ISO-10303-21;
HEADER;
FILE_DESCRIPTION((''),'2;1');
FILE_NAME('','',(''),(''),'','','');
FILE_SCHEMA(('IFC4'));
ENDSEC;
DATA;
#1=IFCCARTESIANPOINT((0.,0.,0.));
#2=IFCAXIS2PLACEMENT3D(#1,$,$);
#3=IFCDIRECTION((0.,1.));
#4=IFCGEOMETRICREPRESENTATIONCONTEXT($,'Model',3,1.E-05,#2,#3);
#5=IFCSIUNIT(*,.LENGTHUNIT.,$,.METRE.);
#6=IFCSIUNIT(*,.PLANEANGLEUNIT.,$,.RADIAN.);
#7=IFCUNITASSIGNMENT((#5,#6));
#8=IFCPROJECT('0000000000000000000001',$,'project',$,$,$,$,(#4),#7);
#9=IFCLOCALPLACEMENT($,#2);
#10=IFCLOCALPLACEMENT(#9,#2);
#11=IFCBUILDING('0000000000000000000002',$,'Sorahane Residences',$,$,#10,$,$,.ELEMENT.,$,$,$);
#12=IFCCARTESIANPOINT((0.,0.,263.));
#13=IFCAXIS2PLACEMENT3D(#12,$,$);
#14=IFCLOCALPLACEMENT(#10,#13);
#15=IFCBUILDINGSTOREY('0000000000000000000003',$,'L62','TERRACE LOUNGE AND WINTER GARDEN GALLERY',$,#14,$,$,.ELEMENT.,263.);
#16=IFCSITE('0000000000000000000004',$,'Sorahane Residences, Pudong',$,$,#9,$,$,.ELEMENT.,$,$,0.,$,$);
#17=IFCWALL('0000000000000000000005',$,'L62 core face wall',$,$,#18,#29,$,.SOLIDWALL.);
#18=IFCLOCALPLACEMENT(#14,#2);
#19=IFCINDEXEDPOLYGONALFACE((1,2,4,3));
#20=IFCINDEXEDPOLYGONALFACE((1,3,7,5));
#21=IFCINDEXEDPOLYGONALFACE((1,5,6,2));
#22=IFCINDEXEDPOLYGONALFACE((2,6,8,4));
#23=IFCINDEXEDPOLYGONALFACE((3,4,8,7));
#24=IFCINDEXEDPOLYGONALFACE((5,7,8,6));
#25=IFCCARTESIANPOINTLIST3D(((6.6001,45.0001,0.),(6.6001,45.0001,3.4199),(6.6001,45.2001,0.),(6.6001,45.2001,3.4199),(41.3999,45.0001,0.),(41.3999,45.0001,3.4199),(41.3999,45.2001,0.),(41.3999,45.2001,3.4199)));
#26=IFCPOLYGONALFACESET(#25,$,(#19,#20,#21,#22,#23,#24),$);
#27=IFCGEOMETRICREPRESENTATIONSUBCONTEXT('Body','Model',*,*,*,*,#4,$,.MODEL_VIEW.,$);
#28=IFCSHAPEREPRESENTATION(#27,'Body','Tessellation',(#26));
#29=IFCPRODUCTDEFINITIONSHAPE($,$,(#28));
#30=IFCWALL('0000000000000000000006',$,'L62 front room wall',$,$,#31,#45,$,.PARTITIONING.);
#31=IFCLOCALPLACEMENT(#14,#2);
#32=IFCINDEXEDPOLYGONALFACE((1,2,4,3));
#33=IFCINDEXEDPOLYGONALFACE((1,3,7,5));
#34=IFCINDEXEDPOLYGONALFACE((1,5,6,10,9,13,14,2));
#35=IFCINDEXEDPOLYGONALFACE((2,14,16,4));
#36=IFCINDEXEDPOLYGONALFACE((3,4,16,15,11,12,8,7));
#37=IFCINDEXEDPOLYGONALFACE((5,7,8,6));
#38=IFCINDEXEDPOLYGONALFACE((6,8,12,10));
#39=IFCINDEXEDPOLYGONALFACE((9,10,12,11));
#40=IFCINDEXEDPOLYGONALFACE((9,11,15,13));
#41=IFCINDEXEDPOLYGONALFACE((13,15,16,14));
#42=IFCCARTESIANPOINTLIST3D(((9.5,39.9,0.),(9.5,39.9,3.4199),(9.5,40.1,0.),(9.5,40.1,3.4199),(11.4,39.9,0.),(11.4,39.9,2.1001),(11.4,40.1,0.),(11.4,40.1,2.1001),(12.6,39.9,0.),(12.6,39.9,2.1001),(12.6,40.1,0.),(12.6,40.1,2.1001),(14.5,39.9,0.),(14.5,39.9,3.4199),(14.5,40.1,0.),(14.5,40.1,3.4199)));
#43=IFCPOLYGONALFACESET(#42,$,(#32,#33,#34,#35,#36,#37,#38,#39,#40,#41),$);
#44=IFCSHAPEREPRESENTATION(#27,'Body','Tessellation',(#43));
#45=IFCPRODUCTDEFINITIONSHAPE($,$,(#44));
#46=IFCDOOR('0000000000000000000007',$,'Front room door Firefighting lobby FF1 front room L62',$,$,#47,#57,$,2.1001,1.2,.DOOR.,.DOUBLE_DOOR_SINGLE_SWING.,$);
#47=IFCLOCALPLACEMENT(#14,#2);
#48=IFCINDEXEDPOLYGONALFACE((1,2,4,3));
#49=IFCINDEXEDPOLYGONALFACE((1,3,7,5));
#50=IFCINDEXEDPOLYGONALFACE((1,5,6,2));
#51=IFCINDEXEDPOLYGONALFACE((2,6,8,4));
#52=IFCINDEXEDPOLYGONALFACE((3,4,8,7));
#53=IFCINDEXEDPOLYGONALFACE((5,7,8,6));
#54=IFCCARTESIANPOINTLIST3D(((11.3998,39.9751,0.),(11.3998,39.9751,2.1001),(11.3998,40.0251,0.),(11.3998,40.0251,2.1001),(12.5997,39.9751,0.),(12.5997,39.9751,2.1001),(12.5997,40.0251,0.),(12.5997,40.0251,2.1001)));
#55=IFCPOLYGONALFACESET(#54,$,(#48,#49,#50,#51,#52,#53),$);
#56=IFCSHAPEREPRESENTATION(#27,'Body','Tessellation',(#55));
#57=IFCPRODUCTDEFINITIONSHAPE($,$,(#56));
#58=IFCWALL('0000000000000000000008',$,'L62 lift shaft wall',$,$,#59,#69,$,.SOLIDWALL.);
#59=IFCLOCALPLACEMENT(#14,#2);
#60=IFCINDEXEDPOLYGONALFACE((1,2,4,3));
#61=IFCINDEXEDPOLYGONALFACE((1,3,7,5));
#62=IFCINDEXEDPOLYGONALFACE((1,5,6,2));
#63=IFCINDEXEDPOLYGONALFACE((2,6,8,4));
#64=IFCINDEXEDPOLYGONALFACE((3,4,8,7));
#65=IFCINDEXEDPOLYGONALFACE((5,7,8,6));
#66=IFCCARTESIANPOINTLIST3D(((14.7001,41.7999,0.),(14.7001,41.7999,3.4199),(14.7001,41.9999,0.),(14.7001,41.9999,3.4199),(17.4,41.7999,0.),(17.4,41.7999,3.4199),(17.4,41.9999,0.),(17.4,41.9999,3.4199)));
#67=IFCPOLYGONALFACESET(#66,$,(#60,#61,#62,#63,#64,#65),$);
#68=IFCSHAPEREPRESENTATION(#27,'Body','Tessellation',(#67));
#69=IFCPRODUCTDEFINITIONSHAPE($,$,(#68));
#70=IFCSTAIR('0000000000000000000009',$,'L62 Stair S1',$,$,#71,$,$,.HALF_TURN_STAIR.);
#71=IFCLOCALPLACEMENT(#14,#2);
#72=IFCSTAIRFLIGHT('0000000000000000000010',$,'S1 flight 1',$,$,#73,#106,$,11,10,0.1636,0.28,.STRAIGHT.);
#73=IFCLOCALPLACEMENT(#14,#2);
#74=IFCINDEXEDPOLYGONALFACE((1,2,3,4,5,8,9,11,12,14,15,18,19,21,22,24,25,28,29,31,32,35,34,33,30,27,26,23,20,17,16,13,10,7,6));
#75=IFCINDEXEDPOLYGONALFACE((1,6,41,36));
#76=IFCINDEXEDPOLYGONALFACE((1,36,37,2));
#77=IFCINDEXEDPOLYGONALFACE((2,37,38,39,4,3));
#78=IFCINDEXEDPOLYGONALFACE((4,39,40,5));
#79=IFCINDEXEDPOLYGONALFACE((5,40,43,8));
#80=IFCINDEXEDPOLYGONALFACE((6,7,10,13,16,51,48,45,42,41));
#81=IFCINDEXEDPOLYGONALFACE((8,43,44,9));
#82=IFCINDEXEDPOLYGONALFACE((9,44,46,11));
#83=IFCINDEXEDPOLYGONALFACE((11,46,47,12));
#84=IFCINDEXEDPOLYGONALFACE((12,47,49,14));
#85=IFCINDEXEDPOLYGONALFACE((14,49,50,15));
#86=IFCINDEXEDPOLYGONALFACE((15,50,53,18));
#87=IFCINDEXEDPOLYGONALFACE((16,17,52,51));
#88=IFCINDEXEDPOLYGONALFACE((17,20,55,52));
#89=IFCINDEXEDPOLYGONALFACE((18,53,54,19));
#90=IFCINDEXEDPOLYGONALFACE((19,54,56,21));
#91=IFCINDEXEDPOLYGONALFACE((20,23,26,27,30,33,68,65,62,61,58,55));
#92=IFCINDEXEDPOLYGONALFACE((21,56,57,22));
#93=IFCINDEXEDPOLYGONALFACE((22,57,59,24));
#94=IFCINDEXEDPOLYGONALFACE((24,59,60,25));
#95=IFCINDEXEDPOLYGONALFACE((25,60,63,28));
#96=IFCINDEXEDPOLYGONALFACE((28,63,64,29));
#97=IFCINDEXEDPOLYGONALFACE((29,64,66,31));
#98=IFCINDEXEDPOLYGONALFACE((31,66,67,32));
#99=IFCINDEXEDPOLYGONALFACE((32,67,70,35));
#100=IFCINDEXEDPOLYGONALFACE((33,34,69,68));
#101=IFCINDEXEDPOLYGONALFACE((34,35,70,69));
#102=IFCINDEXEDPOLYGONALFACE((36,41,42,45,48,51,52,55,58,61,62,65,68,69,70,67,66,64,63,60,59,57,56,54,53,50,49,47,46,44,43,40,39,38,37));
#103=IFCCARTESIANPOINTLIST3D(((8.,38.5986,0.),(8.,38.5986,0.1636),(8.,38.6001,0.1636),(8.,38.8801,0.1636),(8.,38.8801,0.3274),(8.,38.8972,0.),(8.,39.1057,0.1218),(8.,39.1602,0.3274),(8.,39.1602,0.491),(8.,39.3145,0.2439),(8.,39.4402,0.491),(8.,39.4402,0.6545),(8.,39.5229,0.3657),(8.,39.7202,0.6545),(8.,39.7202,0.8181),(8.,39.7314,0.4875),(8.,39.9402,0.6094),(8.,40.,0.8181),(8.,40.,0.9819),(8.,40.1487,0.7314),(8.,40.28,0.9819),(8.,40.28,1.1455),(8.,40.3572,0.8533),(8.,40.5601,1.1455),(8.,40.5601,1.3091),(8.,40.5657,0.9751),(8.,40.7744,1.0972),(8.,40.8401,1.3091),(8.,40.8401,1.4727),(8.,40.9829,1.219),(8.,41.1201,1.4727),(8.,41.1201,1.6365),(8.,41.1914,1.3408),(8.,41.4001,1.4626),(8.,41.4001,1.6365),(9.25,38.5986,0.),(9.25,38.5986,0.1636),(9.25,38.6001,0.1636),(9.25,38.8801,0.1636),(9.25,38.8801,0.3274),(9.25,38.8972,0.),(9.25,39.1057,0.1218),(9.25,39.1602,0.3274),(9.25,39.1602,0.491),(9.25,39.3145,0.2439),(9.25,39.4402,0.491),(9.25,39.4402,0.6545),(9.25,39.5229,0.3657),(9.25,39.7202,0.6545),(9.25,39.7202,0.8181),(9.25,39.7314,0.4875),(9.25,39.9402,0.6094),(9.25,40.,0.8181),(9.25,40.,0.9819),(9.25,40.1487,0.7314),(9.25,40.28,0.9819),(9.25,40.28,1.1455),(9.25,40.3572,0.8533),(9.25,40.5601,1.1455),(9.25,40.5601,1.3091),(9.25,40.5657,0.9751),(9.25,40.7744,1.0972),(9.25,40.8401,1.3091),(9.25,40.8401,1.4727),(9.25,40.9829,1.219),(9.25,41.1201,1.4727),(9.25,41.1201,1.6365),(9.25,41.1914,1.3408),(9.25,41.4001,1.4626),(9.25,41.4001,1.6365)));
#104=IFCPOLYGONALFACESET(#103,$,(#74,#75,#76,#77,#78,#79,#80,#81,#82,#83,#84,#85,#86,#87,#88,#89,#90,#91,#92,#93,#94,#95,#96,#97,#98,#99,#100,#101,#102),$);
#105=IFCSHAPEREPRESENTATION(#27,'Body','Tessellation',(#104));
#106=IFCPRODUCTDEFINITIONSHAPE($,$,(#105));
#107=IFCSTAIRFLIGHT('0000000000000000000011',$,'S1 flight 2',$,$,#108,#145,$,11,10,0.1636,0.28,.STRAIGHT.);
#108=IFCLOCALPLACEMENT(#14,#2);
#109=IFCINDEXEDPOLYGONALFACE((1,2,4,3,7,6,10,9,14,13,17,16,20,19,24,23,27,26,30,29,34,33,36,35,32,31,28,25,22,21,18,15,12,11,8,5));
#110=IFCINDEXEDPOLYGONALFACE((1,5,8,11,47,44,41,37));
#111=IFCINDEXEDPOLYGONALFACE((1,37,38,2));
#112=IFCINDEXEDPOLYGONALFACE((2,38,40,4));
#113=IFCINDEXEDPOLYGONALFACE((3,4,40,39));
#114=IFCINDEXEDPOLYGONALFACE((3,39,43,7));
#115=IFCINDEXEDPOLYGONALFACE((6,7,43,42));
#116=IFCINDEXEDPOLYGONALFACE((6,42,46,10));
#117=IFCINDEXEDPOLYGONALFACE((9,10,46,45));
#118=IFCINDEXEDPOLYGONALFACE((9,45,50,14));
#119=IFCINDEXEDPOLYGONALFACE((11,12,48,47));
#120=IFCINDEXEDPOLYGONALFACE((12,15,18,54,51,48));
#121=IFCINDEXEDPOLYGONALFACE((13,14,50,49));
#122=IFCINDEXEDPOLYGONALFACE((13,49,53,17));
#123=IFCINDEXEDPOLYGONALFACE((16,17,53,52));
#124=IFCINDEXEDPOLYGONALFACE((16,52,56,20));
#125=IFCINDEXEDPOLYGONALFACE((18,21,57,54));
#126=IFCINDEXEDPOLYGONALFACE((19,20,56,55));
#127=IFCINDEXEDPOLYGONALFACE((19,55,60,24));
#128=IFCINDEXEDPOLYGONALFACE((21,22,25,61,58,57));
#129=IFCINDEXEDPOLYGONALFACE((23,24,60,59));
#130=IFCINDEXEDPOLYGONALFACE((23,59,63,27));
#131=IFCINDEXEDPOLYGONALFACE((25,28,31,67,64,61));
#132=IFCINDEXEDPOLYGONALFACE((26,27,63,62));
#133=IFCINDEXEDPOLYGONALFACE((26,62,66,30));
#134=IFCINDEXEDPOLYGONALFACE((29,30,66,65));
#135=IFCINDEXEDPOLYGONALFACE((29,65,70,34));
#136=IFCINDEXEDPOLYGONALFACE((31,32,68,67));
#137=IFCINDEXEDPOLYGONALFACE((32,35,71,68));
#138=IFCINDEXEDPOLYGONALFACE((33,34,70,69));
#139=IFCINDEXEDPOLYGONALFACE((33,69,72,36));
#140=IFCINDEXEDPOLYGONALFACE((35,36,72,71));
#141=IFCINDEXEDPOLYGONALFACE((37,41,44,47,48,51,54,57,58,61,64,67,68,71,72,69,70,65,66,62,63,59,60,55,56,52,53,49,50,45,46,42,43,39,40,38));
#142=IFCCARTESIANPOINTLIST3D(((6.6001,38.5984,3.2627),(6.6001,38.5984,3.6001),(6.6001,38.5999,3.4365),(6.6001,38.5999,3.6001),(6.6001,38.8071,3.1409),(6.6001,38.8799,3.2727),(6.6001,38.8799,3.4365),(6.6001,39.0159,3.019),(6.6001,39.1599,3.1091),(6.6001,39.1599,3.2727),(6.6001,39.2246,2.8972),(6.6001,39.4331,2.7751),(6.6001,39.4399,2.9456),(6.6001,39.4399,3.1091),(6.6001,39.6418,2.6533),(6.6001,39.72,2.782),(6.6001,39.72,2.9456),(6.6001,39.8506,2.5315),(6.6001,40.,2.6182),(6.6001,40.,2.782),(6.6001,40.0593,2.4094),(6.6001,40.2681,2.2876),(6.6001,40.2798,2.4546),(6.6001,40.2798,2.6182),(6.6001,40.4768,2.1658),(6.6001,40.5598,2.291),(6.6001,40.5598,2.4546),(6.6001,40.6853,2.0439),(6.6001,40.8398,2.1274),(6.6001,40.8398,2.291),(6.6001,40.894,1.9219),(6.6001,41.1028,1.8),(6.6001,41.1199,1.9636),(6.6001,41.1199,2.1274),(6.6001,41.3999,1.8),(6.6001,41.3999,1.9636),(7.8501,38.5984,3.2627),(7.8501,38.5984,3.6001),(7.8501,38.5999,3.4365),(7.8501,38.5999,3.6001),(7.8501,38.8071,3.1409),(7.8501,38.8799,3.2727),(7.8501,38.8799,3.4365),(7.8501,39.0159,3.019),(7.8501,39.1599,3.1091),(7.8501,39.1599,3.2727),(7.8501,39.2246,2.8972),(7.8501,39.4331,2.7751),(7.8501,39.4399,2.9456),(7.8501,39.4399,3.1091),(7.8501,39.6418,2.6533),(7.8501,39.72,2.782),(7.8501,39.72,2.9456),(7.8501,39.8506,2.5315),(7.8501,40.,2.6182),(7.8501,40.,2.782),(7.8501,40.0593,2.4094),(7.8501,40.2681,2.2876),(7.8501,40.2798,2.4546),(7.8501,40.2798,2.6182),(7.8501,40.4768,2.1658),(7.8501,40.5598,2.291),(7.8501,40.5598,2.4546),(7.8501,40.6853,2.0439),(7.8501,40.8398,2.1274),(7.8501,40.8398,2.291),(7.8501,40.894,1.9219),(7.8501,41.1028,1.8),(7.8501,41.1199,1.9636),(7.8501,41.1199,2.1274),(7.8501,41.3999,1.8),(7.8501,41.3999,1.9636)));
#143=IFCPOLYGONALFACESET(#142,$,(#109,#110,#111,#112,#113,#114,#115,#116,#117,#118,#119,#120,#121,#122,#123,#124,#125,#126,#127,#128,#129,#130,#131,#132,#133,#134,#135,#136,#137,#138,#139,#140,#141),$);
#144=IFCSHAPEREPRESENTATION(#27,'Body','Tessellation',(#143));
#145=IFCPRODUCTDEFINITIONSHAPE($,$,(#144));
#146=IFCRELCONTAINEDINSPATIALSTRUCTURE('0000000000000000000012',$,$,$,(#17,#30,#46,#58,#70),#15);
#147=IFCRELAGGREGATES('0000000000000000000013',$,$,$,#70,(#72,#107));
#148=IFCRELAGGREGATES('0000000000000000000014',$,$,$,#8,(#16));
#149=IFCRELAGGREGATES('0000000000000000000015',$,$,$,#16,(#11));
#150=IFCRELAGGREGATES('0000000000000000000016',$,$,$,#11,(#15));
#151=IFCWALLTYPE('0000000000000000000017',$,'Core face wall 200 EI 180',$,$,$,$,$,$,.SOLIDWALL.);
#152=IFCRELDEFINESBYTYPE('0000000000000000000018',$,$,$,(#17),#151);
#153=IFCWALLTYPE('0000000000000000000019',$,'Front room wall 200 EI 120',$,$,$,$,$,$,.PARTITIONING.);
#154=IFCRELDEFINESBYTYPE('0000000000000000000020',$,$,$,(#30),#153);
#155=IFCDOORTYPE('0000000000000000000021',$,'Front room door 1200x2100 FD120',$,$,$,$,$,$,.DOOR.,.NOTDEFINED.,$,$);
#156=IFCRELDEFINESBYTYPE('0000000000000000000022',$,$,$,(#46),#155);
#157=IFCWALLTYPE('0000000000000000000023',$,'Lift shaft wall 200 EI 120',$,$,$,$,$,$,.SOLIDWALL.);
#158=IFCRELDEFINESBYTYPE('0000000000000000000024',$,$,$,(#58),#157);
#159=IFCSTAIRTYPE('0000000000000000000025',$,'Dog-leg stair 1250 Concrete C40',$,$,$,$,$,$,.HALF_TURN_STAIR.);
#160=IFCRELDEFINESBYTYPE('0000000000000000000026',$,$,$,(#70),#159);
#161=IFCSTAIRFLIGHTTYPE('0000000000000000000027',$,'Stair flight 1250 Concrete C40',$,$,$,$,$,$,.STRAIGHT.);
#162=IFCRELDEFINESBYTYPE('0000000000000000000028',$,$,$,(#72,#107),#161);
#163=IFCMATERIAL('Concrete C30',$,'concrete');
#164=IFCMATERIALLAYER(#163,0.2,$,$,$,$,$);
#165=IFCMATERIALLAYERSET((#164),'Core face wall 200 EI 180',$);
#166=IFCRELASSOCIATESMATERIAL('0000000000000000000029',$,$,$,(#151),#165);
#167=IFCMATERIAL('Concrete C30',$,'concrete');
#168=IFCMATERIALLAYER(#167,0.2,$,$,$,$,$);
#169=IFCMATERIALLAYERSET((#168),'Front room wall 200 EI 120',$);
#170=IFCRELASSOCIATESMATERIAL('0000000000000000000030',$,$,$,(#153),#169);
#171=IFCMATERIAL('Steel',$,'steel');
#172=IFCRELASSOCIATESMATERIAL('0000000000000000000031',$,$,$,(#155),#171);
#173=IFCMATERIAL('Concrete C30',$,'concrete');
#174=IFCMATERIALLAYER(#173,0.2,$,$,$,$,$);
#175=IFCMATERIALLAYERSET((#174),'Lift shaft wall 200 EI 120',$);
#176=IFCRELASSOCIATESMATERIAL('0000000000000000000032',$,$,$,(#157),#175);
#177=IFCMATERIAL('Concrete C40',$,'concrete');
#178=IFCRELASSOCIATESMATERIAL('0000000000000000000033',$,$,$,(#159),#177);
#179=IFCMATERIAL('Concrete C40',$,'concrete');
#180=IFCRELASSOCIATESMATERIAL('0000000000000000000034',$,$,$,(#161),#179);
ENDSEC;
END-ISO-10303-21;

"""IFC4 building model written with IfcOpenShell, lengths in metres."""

from ifc_helpers import new_model, si_unit, direction, frame, frame_2d, origin, place, context, subcontext, project, spatial, polyline, rectangle, outline, extrude, material, layer, layer_set, type_object, element, fill, aggregate, save


model = new_model("IFC4")

# Units and contexts
model_context = context("Model", 3, precision=1e-05, world=origin(), true_north=direction((0.0, 1.0)))
body_context = subcontext(model_context, "Body", "Model", "MODEL_VIEW")
ifc_project = project(units=[si_unit("LENGTHUNIT", "METRE"), si_unit("PLANEANGLEUNIT", "RADIAN")], contexts=[model_context])

# Site, building, storey
site_placement = place(None, origin())
site = spatial("IfcSite", under=ifc_project, at=site_placement, Name="Sorahane Residences, Pudong", CompositionType="ELEMENT", RefElevation=0.0)
building_placement = place(site_placement, origin())
building = spatial("IfcBuilding", under=site, at=building_placement, Name="Sorahane Residences", CompositionType="ELEMENT")
storey_placement = place(building_placement, frame((0.0, 0.0, 263.0)))
storey = spatial("IfcBuildingStorey", under=building, at=storey_placement, Name="L62", Description="TERRACE LOUNGE AND WINTER GARDEN GALLERY", CompositionType="ELEMENT", Elevation=263.0)

# Wall
ifc_material_1 = material(Name="Concrete C30", Category="concrete")
ifc_layer_1 = layer(ifc_material_1, 0.2)
ifc_layer_set_1 = layer_set([ifc_layer_1], Name="Core face wall 200 EI 180")
wall_type_1 = type_object("IfcWallType", Name="Core face wall 200 EI 180", PredefinedType="SOLIDWALL", material=ifc_layer_set_1)
wall_1_placement = place(storey_placement, frame((6.6001, 45.1001, 0.0), z_axis=(0.0, 0.0, 1.0), x_axis=(1.0, 0.0, 0.0)))
element("IfcWall", 1, at=wall_1_placement, inside=storey, type_object=wall_type_1, Name="L62 core face wall", PredefinedType="SOLIDWALL", context=body_context, shape_type="SweptSolid", body=[
    extrude(rectangle(XDim=34.7998, YDim=0.2, at=frame_2d((17.3999, 0.0))), origin(), (0.0, 0.0, 1.0), 3.4199),
])

# Wall, opening, door
ifc_material_2 = material(Name="Concrete C30", Category="concrete")
ifc_layer_2 = layer(ifc_material_2, 0.2)
ifc_layer_set_2 = layer_set([ifc_layer_2], Name="Front room wall 200 EI 120")
wall_type_2 = type_object("IfcWallType", Name="Front room wall 200 EI 120", PredefinedType="PARTITIONING", material=ifc_layer_set_2)
wall_2_placement = place(storey_placement, frame((9.5, 40.0, 0.0), z_axis=(0.0, 0.0, 1.0), x_axis=(1.0, 0.0, 0.0)))
wall_2 = element("IfcWall", 2, at=wall_2_placement, inside=storey, type_object=wall_type_2, Name="L62 front room wall", PredefinedType="PARTITIONING", context=body_context, shape_type="SweptSolid", body=[
    extrude(rectangle(XDim=5.0, YDim=0.2, at=frame_2d((2.5, 0.0))), origin(), (0.0, 0.0, 1.0), 3.4199),
])
opening_placement = place(wall_2_placement, frame((1.8999, 0.0, 0.0)))
opening = element("IfcOpeningElement", 3, at=opening_placement, cuts=wall_2, PredefinedType="OPENING", context=body_context, shape_type="SweptSolid", body=[
    extrude(rectangle(XDim=1.2, YDim=2.1001, at=frame_2d((0.6001, 1.05))), frame((0.0, 0.1099, 0.0), z_axis=(0.0, -1.0, 0.0), x_axis=(1.0, 0.0, 0.0)), (0.0, 0.0, 1.0), 0.22),
])
ifc_material_3 = material(Name="Steel", Category="steel")
door_type = type_object("IfcDoorType", Name="Front room door 1200x2100 FD120", OperationType="NOTDEFINED", PredefinedType="DOOR", material=ifc_material_3)
door_placement = place(opening_placement, frame((1.2, 0.0, 0.0), z_axis=(0.0, 0.0, 1.0), x_axis=(-1.0, 0.0, 0.0)))
door = element("IfcDoor", 4, at=door_placement, inside=storey, type_object=door_type, Name="Front room door Firefighting lobby FF1 front room L62", OperationType="DOUBLE_DOOR_SINGLE_SWING", OverallHeight=2.1001, OverallWidth=1.2, PredefinedType="DOOR", context=body_context, shape_type="SweptSolid", body=[
    extrude(rectangle(XDim=1.2, YDim=2.1001, at=frame_2d((0.6001, 1.05))), frame((0.0, 0.0249, 0.0), z_axis=(0.0, -1.0, 0.0), x_axis=(1.0, 0.0, 0.0)), (0.0, 0.0, 1.0), 0.05),
])
fill(opening, door)

# Wall
ifc_material_4 = material(Name="Concrete C30", Category="concrete")
ifc_layer_3 = layer(ifc_material_4, 0.2)
ifc_layer_set_3 = layer_set([ifc_layer_3], Name="Lift shaft wall 200 EI 120")
wall_type_3 = type_object("IfcWallType", Name="Lift shaft wall 200 EI 120", PredefinedType="SOLIDWALL", material=ifc_layer_set_3)
wall_3_placement = place(storey_placement, frame((14.7, 41.8999, 0.0), z_axis=(0.0, 0.0, 1.0), x_axis=(1.0, 0.0, 0.0)))
element("IfcWall", 5, at=wall_3_placement, inside=storey, type_object=wall_type_3, Name="L62 lift shaft wall", PredefinedType="SOLIDWALL", context=body_context, shape_type="SweptSolid", body=[
    extrude(rectangle(XDim=2.7, YDim=0.2, at=frame_2d((1.3501, 0.0))), origin(), (0.0, 0.0, 1.0), 3.4199),
])

# Stair, stair flights
ifc_material_5 = material(Name="Concrete C40", Category="concrete")
stair_type = type_object("IfcStairType", Name="Dog-leg stair 1250 Concrete C40", PredefinedType="HALF_TURN_STAIR", material=ifc_material_5)
stair_placement = place(storey_placement, origin())
stair = element("IfcStair", 6, at=stair_placement, inside=storey, type_object=stair_type, Name="L62 Stair S1", PredefinedType="HALF_TURN_STAIR")
ifc_material_6 = material(Name="Concrete C40", Category="concrete")
stair_flight_type = type_object("IfcStairFlightType", Name="Stair flight 1250 Concrete C40", PredefinedType="STRAIGHT", material=ifc_material_6)
stair_flight_1_placement = place(storey_placement, frame((8.625, 38.6001, 0.0), z_axis=(0.0, 0.0, 1.0), x_axis=(0.0, 1.0, 0.0)))
stair_flight_1 = element("IfcStairFlight", 7, at=stair_flight_1_placement, type_object=stair_flight_type, Name="S1 flight 1", NumberOfRisers=11, NumberOfTreads=10, PredefinedType="STRAIGHT", RiserHeight=0.1636, TreadLength=0.28, context=body_context, shape_type="SweptSolid", body=[
    extrude(outline(polyline([(-0.0015, 0.0), (-0.0015, 0.1636), (0.0, 0.1636), (0.28, 0.1636), (0.28, 0.3274), (0.5601, 0.3274), (0.5601, 0.491), (0.8401, 0.491), (0.8401, 0.6545), (1.1201, 0.6545), (1.1201, 0.8181), (1.3999, 0.8181), (1.3999, 0.9819), (1.6799, 0.9819), (1.6799, 1.1455), (1.96, 1.1455), (1.96, 1.3091), (2.24, 1.3091), (2.24, 1.4727), (2.52, 1.4727), (2.52, 1.6365), (2.8, 1.6365), (2.8, 1.8), (2.8, 1.4626), (2.5913, 1.3408), (2.3828, 1.219), (2.1743, 1.0972), (1.9656, 0.9751), (1.7571, 0.8533), (1.5486, 0.7314), (1.3401, 0.6094), (1.1313, 0.4875), (0.9229, 0.3657), (0.7144, 0.2439), (0.5056, 0.1218), (0.2971, 0.0), (-0.0015, 0.0)])), frame((0.0, 0.625, 0.0), z_axis=(0.0, -1.0, 0.0), x_axis=(1.0, 0.0, 0.0)), (0.0, 0.0, 1.0), 1.25),
])
stair_flight_2_placement = place(storey_placement, frame((7.2251, 41.3999, 1.8), z_axis=(0.0, 0.0, 1.0), x_axis=(0.0, -1.0, 0.0)))
stair_flight_2 = element("IfcStairFlight", 8, at=stair_flight_2_placement, type_object=stair_flight_type, Name="S1 flight 2", NumberOfRisers=11, NumberOfTreads=10, PredefinedType="STRAIGHT", RiserHeight=0.1636, TreadLength=0.28, context=body_context, shape_type="SweptSolid", body=[
    extrude(outline(polyline([(0.0, 0.0), (0.0, 0.1636), (0.28, 0.1636), (0.28, 0.3274), (0.5601, 0.3274), (0.5601, 0.491), (0.8401, 0.491), (0.8401, 0.6545), (1.1201, 0.6545), (1.1201, 0.8181), (1.3999, 0.8181), (1.3999, 0.9819), (1.6799, 0.9819), (1.6799, 1.1455), (1.96, 1.1455), (1.96, 1.3091), (2.24, 1.3091), (2.24, 1.4727), (2.52, 1.4727), (2.52, 1.6365), (2.8, 1.6365), (2.8, 1.8), (2.8015, 1.8), (2.8015, 1.4626), (2.5928, 1.3408), (2.384, 1.219), (2.1753, 1.0972), (1.9668, 0.9751), (1.7581, 0.8533), (1.5493, 0.7314), (1.3406, 0.6094), (1.1318, 0.4875), (0.9231, 0.3657), (0.7146, 0.2439), (0.5059, 0.1218), (0.2971, 0.0), (0.0, 0.0)])), frame((0.0, 0.625, 0.0), z_axis=(0.0, -1.0, 0.0), x_axis=(1.0, 0.0, 0.0)), (0.0, 0.0, 1.0), 1.25),
])
aggregate(stair, [stair_flight_1, stair_flight_2])

save(model, "model.ifc")
